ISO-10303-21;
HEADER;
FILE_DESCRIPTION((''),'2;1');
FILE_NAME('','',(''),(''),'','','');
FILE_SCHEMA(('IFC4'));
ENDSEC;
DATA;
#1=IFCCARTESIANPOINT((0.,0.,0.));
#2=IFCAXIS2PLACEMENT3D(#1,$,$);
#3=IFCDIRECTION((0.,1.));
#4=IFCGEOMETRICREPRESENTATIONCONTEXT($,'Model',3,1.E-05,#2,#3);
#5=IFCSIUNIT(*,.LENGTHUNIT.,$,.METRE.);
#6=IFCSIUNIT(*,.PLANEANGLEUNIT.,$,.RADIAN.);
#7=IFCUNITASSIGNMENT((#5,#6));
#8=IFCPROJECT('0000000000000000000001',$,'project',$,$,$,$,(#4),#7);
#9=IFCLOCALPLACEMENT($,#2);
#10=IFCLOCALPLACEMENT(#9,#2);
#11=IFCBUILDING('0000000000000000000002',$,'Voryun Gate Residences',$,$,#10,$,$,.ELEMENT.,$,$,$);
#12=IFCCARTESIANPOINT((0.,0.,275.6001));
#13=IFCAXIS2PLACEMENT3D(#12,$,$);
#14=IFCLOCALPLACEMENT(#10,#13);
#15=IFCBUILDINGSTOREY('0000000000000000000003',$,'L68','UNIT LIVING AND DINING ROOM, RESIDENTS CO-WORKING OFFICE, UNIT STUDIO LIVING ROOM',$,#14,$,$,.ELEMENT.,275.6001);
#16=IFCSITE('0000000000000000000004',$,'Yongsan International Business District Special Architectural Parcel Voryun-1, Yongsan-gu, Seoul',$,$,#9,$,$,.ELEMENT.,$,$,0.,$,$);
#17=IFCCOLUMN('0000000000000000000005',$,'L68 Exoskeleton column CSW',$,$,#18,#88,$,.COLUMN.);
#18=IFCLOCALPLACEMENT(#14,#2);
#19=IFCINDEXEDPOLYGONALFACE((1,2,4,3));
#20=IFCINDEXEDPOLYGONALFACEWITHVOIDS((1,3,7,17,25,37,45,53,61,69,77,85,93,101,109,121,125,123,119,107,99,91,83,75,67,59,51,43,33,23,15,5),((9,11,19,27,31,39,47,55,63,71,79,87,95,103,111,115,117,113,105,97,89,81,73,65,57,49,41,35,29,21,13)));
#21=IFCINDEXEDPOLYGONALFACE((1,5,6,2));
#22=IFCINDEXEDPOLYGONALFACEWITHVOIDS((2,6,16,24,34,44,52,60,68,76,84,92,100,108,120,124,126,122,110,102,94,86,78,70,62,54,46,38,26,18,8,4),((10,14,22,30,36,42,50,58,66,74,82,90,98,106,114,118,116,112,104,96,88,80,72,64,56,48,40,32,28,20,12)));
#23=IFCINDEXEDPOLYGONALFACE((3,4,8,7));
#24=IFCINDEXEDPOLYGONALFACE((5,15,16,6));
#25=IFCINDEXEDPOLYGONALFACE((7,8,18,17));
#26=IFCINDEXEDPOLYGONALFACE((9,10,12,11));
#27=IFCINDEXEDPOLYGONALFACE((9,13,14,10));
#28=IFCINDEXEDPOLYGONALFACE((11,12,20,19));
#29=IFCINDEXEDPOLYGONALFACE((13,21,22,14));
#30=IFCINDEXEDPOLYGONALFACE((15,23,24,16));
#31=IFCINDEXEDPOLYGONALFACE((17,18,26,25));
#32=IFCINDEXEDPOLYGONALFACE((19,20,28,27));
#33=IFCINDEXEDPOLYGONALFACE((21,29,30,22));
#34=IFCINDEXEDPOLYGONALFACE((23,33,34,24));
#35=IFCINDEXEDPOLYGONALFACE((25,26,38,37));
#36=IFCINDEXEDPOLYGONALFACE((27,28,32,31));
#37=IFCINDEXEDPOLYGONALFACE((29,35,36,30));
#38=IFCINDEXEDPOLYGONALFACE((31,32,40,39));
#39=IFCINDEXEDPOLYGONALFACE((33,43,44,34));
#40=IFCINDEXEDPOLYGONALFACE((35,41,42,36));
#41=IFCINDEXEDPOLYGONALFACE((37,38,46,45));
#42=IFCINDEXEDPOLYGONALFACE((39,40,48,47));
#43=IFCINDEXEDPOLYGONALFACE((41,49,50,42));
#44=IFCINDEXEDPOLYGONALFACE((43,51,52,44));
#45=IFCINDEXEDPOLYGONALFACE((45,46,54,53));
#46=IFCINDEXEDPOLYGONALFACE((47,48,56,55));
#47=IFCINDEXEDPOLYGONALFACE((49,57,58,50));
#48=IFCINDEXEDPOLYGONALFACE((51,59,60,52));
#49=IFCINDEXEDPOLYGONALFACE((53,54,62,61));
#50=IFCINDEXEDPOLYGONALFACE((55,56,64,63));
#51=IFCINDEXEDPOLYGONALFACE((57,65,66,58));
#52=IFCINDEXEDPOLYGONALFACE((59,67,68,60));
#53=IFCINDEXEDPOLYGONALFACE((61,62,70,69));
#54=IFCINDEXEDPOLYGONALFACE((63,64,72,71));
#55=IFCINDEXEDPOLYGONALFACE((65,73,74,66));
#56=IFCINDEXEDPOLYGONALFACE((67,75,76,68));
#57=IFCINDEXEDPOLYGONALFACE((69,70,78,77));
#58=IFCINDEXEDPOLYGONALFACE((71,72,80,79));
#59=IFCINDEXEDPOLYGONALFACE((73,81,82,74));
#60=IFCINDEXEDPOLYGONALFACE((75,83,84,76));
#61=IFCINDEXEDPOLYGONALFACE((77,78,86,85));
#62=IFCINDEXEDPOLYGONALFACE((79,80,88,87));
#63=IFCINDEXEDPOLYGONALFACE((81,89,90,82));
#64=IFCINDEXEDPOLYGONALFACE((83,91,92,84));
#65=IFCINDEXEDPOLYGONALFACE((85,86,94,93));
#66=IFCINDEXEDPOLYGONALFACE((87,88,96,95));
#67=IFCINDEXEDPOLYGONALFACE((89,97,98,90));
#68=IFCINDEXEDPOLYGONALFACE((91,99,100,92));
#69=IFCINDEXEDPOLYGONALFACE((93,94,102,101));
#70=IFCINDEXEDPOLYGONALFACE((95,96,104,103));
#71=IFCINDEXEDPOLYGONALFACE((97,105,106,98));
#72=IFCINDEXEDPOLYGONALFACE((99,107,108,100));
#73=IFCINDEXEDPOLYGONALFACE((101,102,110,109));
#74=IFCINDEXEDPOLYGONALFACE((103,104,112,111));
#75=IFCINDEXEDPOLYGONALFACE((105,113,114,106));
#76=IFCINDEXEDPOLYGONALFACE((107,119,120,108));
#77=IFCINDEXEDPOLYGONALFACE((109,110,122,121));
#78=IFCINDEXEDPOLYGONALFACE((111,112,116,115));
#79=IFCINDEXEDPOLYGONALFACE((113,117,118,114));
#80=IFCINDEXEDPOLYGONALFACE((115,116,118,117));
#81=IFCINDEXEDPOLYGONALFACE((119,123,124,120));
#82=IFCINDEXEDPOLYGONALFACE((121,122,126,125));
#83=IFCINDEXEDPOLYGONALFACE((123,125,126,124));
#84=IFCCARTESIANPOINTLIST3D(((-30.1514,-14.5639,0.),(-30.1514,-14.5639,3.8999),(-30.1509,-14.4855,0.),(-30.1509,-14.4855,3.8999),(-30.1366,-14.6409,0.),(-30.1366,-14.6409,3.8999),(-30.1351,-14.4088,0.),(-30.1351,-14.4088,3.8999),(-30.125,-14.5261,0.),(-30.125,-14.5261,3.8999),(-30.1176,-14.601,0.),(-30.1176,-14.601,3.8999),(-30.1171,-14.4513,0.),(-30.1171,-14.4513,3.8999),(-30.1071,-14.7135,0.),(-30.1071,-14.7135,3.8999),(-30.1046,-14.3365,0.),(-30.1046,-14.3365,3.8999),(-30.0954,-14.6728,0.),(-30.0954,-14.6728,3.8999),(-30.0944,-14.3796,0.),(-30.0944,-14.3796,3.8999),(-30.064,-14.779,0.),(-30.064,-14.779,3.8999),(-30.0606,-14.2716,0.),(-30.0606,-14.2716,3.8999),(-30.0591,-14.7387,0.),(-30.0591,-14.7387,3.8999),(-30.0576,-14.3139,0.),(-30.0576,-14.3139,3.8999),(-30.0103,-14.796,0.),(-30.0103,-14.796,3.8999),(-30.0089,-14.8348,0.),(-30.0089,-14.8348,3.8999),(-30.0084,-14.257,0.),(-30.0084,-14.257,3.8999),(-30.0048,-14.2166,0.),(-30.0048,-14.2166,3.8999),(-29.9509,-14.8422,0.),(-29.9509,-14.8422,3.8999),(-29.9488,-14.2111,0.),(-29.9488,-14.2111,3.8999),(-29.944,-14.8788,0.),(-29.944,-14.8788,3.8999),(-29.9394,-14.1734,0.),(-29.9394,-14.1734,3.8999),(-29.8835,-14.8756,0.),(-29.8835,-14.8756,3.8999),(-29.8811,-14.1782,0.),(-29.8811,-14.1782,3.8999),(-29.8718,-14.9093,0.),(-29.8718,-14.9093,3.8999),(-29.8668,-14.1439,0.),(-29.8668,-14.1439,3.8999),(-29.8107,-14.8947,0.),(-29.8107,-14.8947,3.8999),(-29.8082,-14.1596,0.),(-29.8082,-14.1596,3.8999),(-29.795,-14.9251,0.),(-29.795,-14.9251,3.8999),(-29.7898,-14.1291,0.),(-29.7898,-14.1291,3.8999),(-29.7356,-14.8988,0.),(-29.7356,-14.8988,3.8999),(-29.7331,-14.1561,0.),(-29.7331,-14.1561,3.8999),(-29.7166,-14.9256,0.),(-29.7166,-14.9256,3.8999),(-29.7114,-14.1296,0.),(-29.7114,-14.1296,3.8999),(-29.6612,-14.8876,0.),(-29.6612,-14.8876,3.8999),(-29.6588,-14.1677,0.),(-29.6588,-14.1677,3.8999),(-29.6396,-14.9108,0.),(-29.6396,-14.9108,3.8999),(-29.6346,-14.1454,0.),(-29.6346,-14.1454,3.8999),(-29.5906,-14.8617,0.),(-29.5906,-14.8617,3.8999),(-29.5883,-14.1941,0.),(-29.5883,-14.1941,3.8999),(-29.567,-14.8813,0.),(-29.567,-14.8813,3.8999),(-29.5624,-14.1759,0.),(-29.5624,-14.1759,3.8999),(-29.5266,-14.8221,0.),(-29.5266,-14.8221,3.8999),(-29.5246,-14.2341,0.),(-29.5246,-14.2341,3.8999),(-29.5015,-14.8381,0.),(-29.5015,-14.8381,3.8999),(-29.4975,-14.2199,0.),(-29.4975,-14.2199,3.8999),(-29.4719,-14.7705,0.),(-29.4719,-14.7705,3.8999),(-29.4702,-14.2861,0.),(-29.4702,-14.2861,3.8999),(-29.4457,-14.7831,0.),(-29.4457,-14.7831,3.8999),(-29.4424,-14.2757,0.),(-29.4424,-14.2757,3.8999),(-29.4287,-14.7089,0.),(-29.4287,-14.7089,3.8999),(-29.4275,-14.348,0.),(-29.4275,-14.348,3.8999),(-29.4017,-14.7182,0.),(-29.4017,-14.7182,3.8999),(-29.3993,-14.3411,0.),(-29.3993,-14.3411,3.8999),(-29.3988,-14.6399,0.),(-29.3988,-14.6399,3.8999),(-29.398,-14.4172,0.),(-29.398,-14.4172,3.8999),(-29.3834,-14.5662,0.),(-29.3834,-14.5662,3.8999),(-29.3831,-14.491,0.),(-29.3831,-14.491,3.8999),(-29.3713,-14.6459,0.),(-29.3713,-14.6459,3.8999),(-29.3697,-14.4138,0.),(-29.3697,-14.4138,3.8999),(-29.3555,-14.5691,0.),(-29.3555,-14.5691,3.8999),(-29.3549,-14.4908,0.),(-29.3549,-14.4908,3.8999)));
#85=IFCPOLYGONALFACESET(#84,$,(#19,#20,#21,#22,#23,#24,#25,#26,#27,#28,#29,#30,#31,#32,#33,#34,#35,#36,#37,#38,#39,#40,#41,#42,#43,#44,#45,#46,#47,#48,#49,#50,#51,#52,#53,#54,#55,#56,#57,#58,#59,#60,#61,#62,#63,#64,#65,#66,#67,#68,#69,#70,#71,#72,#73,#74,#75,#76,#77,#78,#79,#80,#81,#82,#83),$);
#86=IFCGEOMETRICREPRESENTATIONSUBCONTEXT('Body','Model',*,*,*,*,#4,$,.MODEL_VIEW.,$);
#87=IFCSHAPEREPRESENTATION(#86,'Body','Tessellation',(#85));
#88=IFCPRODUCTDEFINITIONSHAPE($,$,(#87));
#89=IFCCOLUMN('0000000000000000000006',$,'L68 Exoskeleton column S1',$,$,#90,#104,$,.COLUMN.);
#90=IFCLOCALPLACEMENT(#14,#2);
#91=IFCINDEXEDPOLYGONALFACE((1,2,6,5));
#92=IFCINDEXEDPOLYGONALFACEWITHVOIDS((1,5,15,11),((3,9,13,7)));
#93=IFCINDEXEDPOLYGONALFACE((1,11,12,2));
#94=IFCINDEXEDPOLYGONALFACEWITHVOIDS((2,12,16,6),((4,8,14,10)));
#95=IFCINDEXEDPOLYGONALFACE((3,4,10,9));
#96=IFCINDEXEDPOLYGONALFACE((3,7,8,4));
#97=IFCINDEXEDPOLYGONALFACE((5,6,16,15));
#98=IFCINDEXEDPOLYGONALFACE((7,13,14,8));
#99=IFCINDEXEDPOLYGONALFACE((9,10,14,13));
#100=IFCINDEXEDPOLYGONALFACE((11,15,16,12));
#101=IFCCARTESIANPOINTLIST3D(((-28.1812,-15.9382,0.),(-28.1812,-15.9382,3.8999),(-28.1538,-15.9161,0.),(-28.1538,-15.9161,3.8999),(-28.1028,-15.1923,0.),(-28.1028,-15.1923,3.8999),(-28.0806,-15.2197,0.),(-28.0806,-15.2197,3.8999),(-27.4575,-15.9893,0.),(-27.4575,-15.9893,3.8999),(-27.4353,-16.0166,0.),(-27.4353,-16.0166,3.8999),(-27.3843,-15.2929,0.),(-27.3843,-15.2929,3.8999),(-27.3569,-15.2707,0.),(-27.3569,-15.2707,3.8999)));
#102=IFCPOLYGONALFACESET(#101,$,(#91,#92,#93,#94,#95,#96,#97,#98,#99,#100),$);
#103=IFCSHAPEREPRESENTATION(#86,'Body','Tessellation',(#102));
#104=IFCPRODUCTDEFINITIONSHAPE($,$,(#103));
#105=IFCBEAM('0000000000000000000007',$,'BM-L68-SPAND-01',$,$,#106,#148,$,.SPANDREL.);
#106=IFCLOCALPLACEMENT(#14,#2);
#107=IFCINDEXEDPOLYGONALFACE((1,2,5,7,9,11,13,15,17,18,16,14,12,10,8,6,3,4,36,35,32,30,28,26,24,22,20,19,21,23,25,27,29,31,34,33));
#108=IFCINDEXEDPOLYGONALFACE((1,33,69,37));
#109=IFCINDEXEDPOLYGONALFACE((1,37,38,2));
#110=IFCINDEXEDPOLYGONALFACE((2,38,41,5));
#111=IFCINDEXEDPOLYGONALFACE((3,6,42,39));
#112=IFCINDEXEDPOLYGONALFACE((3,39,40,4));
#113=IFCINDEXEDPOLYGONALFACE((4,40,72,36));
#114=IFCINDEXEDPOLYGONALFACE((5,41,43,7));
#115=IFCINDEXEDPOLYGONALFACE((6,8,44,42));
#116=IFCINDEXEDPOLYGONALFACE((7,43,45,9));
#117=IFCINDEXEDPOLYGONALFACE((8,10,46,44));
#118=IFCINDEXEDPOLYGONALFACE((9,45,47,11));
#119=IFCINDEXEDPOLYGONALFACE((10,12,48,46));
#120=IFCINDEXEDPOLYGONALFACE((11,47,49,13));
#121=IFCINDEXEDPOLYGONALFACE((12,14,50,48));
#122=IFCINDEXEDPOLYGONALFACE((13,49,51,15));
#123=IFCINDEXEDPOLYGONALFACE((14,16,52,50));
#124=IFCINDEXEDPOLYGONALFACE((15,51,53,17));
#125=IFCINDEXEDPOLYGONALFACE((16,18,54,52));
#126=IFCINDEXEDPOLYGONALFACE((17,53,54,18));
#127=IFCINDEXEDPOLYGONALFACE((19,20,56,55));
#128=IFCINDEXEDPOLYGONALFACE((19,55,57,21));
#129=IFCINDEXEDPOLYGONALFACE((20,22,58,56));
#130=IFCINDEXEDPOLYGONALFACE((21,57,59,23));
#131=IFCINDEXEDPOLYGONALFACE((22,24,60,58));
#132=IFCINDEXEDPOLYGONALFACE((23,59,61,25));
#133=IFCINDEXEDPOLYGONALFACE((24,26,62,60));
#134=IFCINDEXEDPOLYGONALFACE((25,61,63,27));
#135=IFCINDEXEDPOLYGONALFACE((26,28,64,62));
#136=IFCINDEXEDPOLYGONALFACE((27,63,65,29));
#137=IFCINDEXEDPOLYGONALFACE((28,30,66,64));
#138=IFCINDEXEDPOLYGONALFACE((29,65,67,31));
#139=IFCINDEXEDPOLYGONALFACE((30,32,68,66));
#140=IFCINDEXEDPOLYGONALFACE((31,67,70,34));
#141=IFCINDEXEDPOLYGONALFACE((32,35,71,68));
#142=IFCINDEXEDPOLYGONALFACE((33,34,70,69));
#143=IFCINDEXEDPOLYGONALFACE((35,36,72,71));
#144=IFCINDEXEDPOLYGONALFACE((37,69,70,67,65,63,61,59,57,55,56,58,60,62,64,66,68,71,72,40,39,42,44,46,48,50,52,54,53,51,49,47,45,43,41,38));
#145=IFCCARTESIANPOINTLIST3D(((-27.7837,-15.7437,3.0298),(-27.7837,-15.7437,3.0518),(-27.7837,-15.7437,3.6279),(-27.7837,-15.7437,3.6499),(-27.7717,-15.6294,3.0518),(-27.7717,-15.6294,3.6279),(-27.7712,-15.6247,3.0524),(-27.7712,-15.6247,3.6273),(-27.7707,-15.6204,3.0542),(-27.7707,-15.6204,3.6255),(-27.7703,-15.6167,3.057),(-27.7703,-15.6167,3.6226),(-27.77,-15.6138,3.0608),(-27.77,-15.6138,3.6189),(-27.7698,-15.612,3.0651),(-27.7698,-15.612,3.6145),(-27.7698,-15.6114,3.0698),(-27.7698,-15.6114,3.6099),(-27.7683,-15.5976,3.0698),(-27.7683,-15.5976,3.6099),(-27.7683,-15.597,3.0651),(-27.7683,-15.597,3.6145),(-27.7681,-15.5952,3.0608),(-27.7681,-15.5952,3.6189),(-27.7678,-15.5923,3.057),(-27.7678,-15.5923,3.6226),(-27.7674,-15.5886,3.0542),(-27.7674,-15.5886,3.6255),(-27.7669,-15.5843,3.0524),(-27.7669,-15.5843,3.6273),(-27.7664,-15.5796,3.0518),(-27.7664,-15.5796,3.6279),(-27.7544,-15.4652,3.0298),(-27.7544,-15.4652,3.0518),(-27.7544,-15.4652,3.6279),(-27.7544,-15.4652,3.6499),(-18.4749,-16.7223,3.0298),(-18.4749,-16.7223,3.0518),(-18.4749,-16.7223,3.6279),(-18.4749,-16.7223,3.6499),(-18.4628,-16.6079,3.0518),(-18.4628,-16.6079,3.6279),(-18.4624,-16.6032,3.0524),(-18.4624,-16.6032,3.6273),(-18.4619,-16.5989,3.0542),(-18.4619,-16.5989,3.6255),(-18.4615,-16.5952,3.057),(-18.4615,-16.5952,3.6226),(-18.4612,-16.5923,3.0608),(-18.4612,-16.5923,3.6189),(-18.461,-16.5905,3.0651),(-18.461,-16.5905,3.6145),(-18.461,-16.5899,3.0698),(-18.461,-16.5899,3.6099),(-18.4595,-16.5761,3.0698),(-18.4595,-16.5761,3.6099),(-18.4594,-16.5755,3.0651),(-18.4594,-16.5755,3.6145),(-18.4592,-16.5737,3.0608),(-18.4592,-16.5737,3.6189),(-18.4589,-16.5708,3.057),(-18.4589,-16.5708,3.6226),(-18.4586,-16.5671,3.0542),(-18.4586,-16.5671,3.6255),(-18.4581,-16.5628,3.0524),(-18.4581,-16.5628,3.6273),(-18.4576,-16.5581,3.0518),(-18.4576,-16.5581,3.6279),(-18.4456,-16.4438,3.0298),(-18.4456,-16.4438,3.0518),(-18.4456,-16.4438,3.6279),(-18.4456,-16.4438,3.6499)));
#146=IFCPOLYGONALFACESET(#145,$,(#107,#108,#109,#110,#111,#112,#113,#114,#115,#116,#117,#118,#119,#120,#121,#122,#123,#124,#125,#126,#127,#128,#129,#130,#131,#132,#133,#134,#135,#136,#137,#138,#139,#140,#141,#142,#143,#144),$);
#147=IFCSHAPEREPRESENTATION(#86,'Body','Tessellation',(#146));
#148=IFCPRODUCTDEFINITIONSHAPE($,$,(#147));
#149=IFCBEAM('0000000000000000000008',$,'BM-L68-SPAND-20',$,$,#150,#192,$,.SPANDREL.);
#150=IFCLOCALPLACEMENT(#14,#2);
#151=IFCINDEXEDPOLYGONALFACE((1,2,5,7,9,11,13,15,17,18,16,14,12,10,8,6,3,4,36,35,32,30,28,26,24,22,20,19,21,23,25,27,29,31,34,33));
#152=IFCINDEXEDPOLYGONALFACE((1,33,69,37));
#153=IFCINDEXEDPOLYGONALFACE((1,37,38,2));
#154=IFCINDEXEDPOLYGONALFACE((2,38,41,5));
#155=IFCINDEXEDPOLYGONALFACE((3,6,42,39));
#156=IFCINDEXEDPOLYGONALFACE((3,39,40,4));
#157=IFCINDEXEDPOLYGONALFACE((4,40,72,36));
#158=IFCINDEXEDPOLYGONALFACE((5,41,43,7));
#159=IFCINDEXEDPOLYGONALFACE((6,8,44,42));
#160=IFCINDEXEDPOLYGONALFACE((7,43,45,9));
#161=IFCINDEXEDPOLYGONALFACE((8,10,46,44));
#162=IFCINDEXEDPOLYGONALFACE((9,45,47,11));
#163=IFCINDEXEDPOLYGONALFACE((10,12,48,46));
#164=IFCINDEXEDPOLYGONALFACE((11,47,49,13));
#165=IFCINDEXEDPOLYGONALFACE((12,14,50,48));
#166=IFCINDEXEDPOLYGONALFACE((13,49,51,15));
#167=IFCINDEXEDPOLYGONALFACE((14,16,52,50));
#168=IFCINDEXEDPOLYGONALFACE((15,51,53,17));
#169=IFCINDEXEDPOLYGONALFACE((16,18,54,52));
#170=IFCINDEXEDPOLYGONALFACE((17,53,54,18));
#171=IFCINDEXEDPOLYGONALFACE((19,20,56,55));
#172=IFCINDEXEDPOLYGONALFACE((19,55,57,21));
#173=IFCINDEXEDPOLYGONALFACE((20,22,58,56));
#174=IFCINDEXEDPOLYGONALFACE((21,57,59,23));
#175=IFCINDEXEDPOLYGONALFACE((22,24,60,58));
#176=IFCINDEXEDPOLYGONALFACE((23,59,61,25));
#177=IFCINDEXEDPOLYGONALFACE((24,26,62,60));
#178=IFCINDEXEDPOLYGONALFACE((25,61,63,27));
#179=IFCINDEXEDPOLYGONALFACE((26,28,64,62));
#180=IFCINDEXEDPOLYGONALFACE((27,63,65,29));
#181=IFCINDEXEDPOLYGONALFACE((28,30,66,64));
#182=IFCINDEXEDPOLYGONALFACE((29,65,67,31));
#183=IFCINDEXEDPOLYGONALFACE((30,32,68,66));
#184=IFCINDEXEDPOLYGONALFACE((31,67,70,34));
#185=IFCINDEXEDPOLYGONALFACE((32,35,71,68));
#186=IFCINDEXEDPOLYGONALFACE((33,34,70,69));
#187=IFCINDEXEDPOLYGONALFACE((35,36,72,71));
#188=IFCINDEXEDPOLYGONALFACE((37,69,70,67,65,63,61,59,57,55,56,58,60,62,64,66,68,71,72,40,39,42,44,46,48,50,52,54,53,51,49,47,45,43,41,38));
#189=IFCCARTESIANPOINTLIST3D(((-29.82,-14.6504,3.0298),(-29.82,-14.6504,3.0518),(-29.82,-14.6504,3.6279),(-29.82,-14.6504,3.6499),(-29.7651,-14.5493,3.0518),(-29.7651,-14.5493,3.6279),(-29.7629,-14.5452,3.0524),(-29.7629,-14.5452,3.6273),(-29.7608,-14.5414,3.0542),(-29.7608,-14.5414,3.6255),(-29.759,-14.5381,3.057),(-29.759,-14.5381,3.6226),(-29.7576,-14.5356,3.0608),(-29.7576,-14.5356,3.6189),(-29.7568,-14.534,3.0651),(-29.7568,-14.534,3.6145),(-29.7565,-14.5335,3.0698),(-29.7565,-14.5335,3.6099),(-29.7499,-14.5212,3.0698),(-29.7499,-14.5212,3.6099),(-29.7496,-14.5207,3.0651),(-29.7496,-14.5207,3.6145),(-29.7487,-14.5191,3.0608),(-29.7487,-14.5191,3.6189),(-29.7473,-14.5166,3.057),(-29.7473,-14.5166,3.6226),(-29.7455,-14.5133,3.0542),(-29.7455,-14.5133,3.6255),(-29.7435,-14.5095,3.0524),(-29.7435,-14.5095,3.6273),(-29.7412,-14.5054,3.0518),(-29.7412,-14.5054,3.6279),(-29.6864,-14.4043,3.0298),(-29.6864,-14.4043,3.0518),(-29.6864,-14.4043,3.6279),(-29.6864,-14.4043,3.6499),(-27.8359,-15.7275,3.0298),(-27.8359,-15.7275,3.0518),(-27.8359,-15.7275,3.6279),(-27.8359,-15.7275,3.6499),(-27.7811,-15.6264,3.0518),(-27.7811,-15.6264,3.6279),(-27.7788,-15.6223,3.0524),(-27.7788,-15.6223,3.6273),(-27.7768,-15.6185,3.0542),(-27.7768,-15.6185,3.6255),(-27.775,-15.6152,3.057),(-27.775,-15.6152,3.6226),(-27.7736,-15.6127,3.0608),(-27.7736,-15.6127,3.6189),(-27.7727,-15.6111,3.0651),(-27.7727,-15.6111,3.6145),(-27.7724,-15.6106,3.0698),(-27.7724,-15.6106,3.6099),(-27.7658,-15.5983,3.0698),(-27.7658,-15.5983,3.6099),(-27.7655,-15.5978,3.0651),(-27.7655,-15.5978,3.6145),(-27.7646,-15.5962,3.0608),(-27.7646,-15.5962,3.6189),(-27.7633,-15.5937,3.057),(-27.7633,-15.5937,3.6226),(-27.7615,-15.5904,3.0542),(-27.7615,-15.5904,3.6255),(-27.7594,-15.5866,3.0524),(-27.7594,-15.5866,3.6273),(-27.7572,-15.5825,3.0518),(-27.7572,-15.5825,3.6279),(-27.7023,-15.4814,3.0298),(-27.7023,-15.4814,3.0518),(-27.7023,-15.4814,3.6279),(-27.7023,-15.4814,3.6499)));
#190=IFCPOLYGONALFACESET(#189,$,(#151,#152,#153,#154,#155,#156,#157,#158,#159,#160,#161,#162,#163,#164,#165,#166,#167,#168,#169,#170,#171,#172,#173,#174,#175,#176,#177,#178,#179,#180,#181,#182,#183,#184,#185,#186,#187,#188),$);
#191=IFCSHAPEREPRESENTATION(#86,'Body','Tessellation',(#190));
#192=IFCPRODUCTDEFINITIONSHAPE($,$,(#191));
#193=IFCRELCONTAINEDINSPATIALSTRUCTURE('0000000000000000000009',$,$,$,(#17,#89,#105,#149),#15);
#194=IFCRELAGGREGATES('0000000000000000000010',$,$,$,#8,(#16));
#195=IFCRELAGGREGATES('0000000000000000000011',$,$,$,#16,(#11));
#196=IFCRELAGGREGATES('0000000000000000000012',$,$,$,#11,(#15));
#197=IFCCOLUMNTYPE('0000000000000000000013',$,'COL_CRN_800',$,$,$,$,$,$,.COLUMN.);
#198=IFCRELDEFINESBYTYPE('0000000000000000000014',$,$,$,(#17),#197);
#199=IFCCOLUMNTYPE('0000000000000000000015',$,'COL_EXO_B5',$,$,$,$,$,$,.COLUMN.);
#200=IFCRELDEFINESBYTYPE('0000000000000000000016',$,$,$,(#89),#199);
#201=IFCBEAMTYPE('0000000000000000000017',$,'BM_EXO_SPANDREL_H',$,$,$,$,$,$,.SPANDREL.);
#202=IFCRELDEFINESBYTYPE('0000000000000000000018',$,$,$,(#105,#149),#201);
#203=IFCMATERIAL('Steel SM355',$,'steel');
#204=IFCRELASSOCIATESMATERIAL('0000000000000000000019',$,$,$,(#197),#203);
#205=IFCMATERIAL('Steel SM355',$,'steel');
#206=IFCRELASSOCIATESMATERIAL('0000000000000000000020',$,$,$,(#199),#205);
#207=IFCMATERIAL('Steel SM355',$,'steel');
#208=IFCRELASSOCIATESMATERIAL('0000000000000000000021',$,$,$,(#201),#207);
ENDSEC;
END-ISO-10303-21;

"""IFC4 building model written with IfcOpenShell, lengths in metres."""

from ifc_helpers import new_model, si_unit, direction, frame, origin, origin_2d, place, context, subcontext, project, spatial, hollow_rectangle, hollow_circle, i_section, extrude, material, material_profile, profile_set, type_object, element, save


model = new_model("IFC4")

# Units and contexts
model_context = context("Model", 3, precision=1e-05, world=origin(), true_north=direction((0.0, 1.0)))
body_context = subcontext(model_context, "Body", "Model", "MODEL_VIEW")
ifc_project = project(units=[si_unit("LENGTHUNIT", "METRE"), si_unit("PLANEANGLEUNIT", "RADIAN")], contexts=[model_context])

# Site, building, storey
site_placement = place(None, origin())
site = spatial("IfcSite", under=ifc_project, at=site_placement, Name="Yongsan International Business District Special Architectural Parcel Voryun-1, Yongsan-gu, Seoul", CompositionType="ELEMENT", RefElevation=0.0)
building_placement = place(site_placement, origin())
building = spatial("IfcBuilding", under=site, at=building_placement, Name="Voryun Gate Residences", CompositionType="ELEMENT")
storey_placement = place(building_placement, frame((0.0, 0.0, 275.6001)))
storey = spatial("IfcBuildingStorey", under=building, at=storey_placement, Name="L68", Description="UNIT LIVING AND DINING ROOM, RESIDENTS CO-WORKING OFFICE, UNIT STUDIO LIVING ROOM", CompositionType="ELEMENT", Elevation=275.6001)

# Columns
ifc_material_1 = material(Name="Steel SM355", Category="steel")
ifc_material_profile_1 = material_profile(ifc_material_1, hollow_circle(Radius=0.3999, WallThickness=0.0281, at=origin_2d()), Name="CHS-800x28")
ifc_profile_set_1 = profile_set([ifc_material_profile_1], Name="Steel SM355")
column_type_1 = type_object("IfcColumnType", Name="COL_CRN_800", PredefinedType="COLUMN", material=ifc_profile_set_1)
column_1_placement = place(storey_placement, frame((-29.7532, -14.5273, 0.0), z_axis=(0.0, 0.0, 1.0), x_axis=(0.994522, -0.104528, 0.0)))
element("IfcColumn", 1, at=column_1_placement, inside=storey, type_object=column_type_1, Name="L68 Exoskeleton column CSW", PredefinedType="COLUMN", context=body_context, shape_type="SweptSolid", body=[
    extrude(hollow_circle(Radius=0.3999, WallThickness=0.0281, at=origin_2d()), origin(), (0.0, 0.0, 1.0), 3.8999),
])
ifc_material_2 = material(Name="Steel SM355", Category="steel")
ifc_material_profile_2 = material_profile(ifc_material_2, hollow_rectangle(XDim=0.75, YDim=0.75, WallThickness=0.0249, at=origin_2d()), Name="BOX-750x750x25")
ifc_profile_set_2 = profile_set([ifc_material_profile_2], Name="Steel SM355")
column_type_2 = type_object("IfcColumnType", Name="COL_EXO_B5", PredefinedType="COLUMN", material=ifc_profile_set_2)
column_2_placement = place(storey_placement, frame((-27.769, -15.6045, 0.0), z_axis=(0.0, 0.0, 1.0), x_axis=(0.994522, -0.104528, 0.0)))
element("IfcColumn", 2, at=column_2_placement, inside=storey, type_object=column_type_2, Name="L68 Exoskeleton column S1", PredefinedType="COLUMN", context=body_context, shape_type="SweptSolid", body=[
    extrude(hollow_rectangle(XDim=0.75, YDim=0.75, WallThickness=0.0249, at=origin_2d()), origin(), (0.0, 0.0, 1.0), 3.8999),
])

# Beams
ifc_material_3 = material(Name="Steel SM355", Category="steel")
ifc_material_profile_3 = material_profile(ifc_material_3, i_section(OverallWidth=0.28, OverallDepth=0.6201, WebThickness=0.0139, FlangeThickness=0.022, FilletRadius=0.0181, at=origin_2d()), Name="H-620x280x14x22")
ifc_profile_set_3 = profile_set([ifc_material_profile_3], Name="Steel SM355")
beam_type = type_object("IfcBeamType", Name="BM_EXO_SPANDREL_H", PredefinedType="SPANDREL", material=ifc_profile_set_3)
beam_1_placement = place(storey_placement, frame((-27.769, -15.6045, 3.3398), z_axis=(0.994521, -0.104541, 0.0), x_axis=(0.104541, 0.994521, 0.0)))
element("IfcBeam", 3, at=beam_1_placement, inside=storey, type_object=beam_type, Name="BM-L68-SPAND-01", PredefinedType="SPANDREL", context=body_context, shape_type="SweptSolid", body=[
    extrude(i_section(OverallWidth=0.28, OverallDepth=0.6201, WebThickness=0.0139, FlangeThickness=0.022, FilletRadius=0.0181, at=origin_2d()), origin(), (0.0, 0.0, 1.0), 9.3601),
])
beam_2_placement = place(storey_placement, frame((-29.7532, -14.5273, 3.3398), z_axis=(0.878844, -0.477109, 0.0), x_axis=(0.477109, 0.878844, 0.0)))
element("IfcBeam", 4, at=beam_2_placement, inside=storey, type_object=beam_type, Name="BM-L68-SPAND-20", PredefinedType="SPANDREL", context=body_context, shape_type="SweptSolid", body=[
    extrude(i_section(OverallWidth=0.28, OverallDepth=0.6201, WebThickness=0.0139, FlangeThickness=0.022, FilletRadius=0.0181, at=origin_2d()), origin(), (0.0, 0.0, 1.0), 2.2576),
])

save(model, "model.ifc")
